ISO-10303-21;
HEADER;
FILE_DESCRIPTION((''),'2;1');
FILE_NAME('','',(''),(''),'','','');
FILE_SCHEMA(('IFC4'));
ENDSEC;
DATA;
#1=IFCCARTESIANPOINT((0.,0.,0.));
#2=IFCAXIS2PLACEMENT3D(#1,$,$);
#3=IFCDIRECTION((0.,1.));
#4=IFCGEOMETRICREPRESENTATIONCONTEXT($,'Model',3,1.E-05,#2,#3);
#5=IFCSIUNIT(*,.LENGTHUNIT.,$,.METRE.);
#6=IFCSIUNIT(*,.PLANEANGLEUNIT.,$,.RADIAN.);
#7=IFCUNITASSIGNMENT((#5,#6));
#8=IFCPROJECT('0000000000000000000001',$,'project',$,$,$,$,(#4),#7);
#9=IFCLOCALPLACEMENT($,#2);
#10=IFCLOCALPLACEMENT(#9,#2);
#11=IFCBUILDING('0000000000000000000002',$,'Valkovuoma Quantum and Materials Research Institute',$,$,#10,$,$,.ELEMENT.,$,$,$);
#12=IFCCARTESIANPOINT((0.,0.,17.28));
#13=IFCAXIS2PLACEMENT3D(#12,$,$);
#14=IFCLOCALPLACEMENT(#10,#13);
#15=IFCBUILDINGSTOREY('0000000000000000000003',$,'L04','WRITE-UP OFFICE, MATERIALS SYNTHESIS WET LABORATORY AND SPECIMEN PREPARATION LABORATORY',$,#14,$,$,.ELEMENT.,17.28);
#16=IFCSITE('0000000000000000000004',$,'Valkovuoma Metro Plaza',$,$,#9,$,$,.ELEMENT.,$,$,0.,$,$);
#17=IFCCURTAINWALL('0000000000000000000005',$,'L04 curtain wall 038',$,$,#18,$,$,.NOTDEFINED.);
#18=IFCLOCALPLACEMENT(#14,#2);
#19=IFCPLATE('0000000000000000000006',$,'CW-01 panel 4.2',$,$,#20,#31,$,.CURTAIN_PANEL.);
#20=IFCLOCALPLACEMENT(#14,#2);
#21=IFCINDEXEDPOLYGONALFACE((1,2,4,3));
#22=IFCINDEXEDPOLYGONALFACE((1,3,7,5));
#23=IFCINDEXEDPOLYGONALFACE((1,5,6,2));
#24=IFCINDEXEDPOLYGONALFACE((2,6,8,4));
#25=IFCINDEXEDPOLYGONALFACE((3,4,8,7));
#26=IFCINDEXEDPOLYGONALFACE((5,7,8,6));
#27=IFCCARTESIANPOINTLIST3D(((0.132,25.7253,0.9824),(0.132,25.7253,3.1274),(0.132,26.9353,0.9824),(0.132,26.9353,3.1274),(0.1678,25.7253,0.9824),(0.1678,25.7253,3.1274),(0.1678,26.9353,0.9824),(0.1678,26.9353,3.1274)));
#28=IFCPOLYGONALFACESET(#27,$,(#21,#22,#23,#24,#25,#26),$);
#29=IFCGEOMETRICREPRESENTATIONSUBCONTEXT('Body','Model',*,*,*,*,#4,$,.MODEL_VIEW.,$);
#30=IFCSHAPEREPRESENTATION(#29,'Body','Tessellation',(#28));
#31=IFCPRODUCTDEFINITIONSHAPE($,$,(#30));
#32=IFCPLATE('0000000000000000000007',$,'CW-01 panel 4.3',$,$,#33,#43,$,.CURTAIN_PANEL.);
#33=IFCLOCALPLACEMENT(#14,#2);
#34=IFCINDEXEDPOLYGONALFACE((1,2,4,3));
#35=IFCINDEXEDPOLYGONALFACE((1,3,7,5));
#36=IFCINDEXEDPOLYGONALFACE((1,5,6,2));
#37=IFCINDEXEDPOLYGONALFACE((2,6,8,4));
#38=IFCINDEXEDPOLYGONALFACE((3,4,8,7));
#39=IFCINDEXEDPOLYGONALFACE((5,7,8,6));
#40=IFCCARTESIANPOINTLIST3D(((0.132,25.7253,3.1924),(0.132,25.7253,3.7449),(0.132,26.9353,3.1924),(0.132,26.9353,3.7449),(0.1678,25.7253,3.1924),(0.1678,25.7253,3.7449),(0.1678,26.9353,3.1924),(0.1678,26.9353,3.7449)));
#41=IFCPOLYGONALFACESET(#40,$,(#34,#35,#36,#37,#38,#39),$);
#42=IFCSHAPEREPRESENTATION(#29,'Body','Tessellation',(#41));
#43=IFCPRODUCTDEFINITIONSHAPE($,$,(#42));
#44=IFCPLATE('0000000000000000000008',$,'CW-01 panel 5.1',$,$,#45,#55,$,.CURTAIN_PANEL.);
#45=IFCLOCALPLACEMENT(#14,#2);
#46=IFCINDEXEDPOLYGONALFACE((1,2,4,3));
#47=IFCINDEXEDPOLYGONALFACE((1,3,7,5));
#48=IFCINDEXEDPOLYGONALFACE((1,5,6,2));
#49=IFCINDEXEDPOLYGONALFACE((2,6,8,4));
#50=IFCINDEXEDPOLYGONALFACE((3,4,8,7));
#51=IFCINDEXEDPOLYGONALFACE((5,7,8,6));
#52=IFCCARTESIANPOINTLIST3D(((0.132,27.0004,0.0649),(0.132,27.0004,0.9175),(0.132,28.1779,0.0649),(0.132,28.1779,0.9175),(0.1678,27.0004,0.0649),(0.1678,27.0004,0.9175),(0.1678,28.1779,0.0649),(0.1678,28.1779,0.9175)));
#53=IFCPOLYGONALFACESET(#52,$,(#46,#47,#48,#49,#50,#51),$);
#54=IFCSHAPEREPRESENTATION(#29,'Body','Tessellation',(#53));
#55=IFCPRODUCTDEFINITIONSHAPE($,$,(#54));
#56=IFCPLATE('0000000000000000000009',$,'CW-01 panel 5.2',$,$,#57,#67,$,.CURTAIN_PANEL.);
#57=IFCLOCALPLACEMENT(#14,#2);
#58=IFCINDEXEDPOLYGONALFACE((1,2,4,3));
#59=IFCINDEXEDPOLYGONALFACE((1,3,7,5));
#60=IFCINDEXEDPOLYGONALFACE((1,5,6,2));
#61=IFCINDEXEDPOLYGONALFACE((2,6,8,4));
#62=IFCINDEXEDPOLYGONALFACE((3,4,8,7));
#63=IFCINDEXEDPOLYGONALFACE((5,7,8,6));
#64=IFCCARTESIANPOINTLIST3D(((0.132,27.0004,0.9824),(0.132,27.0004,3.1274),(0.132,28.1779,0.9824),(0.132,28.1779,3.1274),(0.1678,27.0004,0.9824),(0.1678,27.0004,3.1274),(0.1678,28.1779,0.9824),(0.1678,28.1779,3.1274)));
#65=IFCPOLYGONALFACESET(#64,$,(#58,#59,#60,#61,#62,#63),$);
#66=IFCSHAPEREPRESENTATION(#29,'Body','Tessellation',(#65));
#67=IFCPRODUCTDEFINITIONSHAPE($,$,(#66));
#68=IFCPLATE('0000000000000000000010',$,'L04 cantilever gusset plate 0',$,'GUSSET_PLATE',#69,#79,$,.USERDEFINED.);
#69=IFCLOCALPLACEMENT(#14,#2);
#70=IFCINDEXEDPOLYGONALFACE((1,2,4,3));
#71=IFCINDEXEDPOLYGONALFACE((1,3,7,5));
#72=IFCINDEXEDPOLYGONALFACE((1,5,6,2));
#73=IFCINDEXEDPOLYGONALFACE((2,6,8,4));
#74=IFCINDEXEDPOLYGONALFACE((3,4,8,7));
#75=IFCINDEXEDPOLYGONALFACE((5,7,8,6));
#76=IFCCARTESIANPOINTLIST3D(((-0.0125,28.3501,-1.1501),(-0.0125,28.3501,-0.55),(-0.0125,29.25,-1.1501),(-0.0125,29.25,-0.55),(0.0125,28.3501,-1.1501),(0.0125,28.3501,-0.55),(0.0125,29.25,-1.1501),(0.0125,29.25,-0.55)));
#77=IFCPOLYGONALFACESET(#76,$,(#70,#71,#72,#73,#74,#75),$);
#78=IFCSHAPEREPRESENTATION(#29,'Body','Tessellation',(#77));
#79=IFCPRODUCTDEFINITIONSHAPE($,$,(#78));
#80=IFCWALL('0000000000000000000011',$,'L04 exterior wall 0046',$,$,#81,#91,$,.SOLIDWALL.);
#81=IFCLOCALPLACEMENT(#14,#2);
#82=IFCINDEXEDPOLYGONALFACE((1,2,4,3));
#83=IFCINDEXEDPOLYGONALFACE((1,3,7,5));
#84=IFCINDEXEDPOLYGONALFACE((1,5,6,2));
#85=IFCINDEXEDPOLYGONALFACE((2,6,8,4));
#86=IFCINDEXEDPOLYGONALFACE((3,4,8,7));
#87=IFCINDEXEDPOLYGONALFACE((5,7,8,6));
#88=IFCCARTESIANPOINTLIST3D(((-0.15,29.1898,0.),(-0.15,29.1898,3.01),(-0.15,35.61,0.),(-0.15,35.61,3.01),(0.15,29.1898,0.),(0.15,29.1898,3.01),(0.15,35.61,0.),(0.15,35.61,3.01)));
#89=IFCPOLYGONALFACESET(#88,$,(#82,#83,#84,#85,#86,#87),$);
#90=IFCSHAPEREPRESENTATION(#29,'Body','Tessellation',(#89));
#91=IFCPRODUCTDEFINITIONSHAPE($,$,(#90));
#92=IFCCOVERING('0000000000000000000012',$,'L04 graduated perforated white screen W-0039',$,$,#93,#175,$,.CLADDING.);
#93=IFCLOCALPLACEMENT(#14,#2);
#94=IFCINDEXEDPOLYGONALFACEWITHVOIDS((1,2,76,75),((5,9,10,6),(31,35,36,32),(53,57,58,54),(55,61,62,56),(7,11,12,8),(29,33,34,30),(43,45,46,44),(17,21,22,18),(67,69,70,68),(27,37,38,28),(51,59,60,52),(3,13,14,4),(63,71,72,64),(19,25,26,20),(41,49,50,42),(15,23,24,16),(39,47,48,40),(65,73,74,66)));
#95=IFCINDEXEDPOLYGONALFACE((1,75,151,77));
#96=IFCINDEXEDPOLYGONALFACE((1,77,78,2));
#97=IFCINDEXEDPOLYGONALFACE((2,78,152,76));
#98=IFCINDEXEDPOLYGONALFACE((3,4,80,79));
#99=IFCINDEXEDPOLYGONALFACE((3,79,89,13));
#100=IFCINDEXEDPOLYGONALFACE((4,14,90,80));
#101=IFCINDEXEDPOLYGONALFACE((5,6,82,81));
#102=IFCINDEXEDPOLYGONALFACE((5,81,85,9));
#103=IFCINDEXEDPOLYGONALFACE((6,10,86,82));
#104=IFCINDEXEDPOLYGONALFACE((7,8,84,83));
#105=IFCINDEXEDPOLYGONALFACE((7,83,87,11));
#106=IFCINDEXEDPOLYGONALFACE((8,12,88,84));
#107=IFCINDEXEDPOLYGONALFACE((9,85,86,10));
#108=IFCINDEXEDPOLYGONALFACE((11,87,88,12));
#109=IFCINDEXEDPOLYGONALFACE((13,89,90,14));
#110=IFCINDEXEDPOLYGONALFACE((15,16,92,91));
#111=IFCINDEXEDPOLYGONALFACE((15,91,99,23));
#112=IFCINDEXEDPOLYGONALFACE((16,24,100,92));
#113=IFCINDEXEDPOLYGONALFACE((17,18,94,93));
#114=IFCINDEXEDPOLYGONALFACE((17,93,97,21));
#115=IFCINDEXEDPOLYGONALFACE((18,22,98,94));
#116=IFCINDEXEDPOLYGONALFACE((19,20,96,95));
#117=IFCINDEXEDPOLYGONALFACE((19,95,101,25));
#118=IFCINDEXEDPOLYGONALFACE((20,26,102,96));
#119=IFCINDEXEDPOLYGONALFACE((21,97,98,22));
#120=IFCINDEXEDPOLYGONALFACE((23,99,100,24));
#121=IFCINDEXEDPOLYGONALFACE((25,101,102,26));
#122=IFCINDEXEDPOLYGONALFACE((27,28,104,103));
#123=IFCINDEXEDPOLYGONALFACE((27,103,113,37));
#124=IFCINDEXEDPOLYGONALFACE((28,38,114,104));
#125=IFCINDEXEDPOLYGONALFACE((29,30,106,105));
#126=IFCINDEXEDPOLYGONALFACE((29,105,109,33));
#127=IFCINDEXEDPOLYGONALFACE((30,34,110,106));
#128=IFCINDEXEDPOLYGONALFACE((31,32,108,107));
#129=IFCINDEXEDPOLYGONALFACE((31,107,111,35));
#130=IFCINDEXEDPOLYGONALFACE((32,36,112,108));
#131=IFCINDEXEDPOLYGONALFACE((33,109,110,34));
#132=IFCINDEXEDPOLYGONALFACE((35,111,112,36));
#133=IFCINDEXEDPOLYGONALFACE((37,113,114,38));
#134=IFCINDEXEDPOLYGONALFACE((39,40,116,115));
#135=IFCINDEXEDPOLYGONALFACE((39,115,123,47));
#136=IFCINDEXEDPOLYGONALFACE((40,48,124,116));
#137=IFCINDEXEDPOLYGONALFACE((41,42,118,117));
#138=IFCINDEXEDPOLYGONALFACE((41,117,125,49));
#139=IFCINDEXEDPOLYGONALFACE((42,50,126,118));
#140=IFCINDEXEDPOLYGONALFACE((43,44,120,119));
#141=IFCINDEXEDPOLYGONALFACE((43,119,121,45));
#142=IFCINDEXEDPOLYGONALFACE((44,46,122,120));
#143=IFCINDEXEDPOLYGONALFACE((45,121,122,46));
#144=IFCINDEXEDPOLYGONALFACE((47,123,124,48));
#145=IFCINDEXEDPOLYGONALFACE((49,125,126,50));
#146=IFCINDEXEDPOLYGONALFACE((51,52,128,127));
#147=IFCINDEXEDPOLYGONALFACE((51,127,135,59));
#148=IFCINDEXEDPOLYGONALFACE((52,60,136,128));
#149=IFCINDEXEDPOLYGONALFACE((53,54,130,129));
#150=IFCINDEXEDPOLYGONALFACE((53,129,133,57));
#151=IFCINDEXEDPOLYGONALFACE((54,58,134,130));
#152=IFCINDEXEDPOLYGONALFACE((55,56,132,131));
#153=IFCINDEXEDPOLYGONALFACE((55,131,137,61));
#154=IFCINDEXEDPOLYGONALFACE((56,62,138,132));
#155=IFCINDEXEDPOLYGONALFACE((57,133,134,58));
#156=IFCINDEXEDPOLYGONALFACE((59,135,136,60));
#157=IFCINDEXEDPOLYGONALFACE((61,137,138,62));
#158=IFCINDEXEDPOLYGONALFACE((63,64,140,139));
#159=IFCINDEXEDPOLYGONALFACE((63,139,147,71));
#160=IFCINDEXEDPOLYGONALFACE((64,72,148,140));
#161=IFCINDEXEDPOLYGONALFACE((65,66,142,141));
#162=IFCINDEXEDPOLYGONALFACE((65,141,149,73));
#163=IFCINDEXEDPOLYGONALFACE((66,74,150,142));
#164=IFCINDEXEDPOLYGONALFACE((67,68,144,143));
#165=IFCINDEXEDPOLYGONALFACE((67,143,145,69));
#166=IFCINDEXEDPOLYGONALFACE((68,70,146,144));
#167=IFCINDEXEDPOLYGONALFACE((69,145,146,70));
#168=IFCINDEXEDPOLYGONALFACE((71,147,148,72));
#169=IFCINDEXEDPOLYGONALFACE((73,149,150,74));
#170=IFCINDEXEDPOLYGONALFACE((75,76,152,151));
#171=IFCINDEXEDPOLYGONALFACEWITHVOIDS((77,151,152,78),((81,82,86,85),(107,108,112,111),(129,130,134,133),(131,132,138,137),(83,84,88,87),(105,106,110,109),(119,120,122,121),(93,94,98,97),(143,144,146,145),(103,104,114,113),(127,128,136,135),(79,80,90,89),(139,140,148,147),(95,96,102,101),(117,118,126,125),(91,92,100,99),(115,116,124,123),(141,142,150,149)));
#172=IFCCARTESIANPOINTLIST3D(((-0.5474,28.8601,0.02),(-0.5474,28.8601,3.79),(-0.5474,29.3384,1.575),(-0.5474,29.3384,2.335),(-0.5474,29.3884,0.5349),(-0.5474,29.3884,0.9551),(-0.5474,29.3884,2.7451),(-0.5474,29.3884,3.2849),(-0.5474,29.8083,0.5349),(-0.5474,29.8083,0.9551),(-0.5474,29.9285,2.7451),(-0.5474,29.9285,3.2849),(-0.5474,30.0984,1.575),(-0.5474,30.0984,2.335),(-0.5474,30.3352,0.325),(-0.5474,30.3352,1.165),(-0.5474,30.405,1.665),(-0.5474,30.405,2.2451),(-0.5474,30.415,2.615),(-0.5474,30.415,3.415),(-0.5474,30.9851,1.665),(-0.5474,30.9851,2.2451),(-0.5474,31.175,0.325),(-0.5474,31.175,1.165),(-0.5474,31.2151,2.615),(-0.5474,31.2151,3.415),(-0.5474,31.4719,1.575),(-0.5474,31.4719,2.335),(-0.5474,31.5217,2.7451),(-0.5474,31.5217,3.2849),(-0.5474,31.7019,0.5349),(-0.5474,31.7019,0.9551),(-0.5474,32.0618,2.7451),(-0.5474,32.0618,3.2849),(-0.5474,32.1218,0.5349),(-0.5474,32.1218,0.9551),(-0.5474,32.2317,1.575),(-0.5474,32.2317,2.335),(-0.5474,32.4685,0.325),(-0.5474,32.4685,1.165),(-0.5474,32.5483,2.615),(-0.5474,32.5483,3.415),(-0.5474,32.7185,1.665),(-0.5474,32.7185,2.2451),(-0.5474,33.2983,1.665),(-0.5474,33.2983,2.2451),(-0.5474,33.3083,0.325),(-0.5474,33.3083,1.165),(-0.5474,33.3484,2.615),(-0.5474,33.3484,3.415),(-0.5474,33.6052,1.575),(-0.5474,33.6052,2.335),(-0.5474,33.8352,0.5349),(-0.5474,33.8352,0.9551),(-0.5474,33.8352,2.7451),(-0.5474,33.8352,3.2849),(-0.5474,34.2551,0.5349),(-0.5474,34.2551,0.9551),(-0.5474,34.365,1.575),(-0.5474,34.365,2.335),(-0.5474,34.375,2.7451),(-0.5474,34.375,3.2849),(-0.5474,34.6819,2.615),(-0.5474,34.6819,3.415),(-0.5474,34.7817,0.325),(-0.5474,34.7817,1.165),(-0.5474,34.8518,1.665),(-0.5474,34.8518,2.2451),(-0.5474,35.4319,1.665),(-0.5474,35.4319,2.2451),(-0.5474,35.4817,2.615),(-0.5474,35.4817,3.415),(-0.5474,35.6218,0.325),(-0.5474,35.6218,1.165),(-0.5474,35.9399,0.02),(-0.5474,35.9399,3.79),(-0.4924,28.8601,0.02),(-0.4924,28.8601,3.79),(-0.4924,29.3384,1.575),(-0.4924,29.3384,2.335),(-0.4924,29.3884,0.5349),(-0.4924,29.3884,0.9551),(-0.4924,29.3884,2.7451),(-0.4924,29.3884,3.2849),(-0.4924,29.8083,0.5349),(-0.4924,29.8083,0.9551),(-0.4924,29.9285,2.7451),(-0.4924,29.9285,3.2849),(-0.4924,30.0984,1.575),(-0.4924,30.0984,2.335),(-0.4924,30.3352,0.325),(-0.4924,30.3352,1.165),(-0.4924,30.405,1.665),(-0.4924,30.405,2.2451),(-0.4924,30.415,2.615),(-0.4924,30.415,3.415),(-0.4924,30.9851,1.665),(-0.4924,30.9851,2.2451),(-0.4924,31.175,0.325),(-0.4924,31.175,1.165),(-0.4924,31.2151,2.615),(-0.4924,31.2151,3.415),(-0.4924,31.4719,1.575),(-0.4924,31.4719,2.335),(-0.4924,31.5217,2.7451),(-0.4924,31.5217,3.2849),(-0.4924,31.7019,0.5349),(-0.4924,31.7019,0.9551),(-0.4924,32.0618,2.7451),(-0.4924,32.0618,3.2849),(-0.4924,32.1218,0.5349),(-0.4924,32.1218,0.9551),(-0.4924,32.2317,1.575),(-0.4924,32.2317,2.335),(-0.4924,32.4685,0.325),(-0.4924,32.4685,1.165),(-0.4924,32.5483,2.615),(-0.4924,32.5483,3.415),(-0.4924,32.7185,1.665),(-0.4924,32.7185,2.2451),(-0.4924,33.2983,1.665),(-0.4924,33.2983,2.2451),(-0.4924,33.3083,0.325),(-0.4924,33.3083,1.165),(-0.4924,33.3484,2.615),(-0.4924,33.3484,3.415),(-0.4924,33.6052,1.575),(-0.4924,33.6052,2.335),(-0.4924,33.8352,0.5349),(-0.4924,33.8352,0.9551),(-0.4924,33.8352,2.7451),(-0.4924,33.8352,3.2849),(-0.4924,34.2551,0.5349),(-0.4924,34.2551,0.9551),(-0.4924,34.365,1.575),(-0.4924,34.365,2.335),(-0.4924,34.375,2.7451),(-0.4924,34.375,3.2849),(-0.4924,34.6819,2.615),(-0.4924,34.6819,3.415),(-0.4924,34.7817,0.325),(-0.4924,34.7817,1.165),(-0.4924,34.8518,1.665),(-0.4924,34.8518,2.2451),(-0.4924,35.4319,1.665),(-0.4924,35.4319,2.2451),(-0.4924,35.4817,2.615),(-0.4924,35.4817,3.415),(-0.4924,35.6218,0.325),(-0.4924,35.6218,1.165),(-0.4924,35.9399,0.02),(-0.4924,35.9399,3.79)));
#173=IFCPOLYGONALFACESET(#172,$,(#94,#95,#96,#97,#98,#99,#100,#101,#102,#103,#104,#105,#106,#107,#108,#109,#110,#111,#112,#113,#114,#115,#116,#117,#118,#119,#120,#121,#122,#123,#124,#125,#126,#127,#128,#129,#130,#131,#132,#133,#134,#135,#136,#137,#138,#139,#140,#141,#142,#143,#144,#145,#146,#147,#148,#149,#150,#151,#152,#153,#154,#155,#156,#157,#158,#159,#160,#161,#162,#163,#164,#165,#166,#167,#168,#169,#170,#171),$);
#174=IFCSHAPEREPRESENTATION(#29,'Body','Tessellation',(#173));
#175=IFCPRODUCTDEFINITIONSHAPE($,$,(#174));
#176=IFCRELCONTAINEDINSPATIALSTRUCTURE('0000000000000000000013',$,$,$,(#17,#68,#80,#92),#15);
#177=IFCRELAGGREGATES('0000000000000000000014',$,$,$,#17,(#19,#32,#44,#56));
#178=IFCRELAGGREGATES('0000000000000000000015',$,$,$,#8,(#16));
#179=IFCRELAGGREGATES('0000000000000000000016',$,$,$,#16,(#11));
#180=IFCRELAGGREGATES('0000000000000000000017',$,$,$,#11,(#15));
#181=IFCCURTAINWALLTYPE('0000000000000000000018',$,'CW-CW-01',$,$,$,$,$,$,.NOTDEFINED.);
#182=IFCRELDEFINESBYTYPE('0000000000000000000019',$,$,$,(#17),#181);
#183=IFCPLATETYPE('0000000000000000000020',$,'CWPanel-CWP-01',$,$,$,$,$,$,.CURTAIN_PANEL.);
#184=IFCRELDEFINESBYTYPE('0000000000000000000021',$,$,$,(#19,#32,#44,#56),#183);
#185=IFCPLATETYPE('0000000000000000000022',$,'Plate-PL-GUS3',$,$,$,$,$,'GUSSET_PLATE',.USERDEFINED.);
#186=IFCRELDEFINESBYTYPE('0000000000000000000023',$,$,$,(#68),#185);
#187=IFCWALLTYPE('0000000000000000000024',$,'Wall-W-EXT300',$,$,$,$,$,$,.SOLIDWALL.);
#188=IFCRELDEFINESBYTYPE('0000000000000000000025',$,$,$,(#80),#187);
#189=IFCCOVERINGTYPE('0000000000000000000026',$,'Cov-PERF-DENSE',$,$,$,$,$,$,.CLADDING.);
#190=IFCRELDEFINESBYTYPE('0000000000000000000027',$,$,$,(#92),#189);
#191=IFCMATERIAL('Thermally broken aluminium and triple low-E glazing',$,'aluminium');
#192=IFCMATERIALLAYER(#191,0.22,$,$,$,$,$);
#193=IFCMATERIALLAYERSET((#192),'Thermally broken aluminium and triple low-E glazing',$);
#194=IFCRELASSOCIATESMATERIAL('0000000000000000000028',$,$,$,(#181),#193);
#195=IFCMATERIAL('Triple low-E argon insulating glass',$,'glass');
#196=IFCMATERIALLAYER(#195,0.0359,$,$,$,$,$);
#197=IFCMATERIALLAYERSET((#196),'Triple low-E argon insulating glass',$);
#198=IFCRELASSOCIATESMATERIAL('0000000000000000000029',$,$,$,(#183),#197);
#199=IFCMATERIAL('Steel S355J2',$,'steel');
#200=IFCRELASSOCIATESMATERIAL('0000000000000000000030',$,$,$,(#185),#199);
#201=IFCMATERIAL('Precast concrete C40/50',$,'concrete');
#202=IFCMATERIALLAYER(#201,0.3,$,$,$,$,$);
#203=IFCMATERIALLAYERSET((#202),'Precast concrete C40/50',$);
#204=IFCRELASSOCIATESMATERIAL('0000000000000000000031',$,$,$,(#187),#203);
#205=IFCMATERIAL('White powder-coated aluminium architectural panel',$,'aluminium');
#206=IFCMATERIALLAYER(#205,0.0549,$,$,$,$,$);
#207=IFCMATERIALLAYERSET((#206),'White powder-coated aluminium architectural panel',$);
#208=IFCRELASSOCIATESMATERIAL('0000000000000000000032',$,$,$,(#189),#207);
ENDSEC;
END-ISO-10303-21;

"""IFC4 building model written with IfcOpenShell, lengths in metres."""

from ifc_helpers import new_model, si_unit, direction, frame, frame_2d, origin, origin_2d, place, context, subcontext, project, spatial, polyline, rectangle, outline, extrude, material, layer, layer_set, type_object, element, aggregate, save


model = new_model("IFC4")

# Units and contexts
model_context = context("Model", 3, precision=1e-05, world=origin(), true_north=direction((0.0, 1.0)))
body_context = subcontext(model_context, "Body", "Model", "MODEL_VIEW")
ifc_project = project(units=[si_unit("LENGTHUNIT", "METRE"), si_unit("PLANEANGLEUNIT", "RADIAN")], contexts=[model_context])

# Site, building, storey
site_placement = place(None, origin())
site = spatial("IfcSite", under=ifc_project, at=site_placement, Name="Valkovuoma Metro Plaza", CompositionType="ELEMENT", RefElevation=0.0)
building_placement = place(site_placement, origin())
building = spatial("IfcBuilding", under=site, at=building_placement, Name="Valkovuoma Quantum and Materials Research Institute", CompositionType="ELEMENT")
storey_placement = place(building_placement, frame((0.0, 0.0, 17.28)))
storey = spatial("IfcBuildingStorey", under=building, at=storey_placement, Name="L04", Description="WRITE-UP OFFICE, MATERIALS SYNTHESIS WET LABORATORY AND SPECIMEN PREPARATION LABORATORY", CompositionType="ELEMENT", Elevation=17.28)

# Curtain wall
ifc_material_1 = material(Name="Thermally broken aluminium and triple low-E glazing", Category="aluminium")
ifc_layer_1 = layer(ifc_material_1, 0.22)
ifc_layer_set_1 = layer_set([ifc_layer_1], Name="Thermally broken aluminium and triple low-E glazing")
curtain_wall_type = type_object("IfcCurtainWallType", Name="CW-CW-01", PredefinedType="NOTDEFINED", material=ifc_layer_set_1)
curtain_wall_placement = place(storey_placement, origin())
curtain_wall = element("IfcCurtainWall", 1, at=curtain_wall_placement, inside=storey, type_object=curtain_wall_type, Name="L04 curtain wall 038", PredefinedType="NOTDEFINED")

# Plates
ifc_material_2 = material(Name="Triple low-E argon insulating glass", Category="glass")
ifc_layer_2 = layer(ifc_material_2, 0.0359)
ifc_layer_set_2 = layer_set([ifc_layer_2], Name="Triple low-E argon insulating glass")
plate_type_1 = type_object("IfcPlateType", Name="CWPanel-CWP-01", PredefinedType="CURTAIN_PANEL", material=ifc_layer_set_2)
plate_1_placement = place(storey_placement, frame((0.1499, 26.3303, 0.9824), z_axis=(0.0, 0.0, 1.0), x_axis=(0.0, 1.0, 0.0)))
plate_1 = element("IfcPlate", 2, at=plate_1_placement, type_object=plate_type_1, Name="CW-01 panel 4.2", PredefinedType="CURTAIN_PANEL", context=body_context, shape_type="SweptSolid", body=[
    extrude(rectangle(XDim=1.21, YDim=0.0359, at=origin_2d()), origin(), (0.0, 0.0, 1.0), 2.145),
])
plate_2_placement = place(storey_placement, frame((0.1499, 26.3303, 3.1924), z_axis=(0.0, 0.0, 1.0), x_axis=(0.0, 1.0, 0.0)))
plate_2 = element("IfcPlate", 3, at=plate_2_placement, type_object=plate_type_1, Name="CW-01 panel 4.3", PredefinedType="CURTAIN_PANEL", context=body_context, shape_type="SweptSolid", body=[
    extrude(rectangle(XDim=1.21, YDim=0.0359, at=origin_2d()), origin(), (0.0, 0.0, 1.0), 0.5525),
])
plate_3_placement = place(storey_placement, frame((0.1499, 27.5891, 0.0649), z_axis=(0.0, 0.0, 1.0), x_axis=(0.0, 1.0, 0.0)))
plate_3 = element("IfcPlate", 4, at=plate_3_placement, type_object=plate_type_1, Name="CW-01 panel 5.1", PredefinedType="CURTAIN_PANEL", context=body_context, shape_type="SweptSolid", body=[
    extrude(rectangle(XDim=1.1775, YDim=0.0359, at=origin_2d()), origin(), (0.0, 0.0, 1.0), 0.8525),
])
plate_4_placement = place(storey_placement, frame((0.1499, 27.5891, 0.9824), z_axis=(0.0, 0.0, 1.0), x_axis=(0.0, 1.0, 0.0)))
plate_4 = element("IfcPlate", 5, at=plate_4_placement, type_object=plate_type_1, Name="CW-01 panel 5.2", PredefinedType="CURTAIN_PANEL", context=body_context, shape_type="SweptSolid", body=[
    extrude(rectangle(XDim=1.1775, YDim=0.0359, at=origin_2d()), origin(), (0.0, 0.0, 1.0), 2.145),
])
aggregate(curtain_wall, [plate_1, plate_2, plate_3, plate_4])
ifc_material_3 = material(Name="Steel S355J2", Category="steel")
plate_type_2 = type_object("IfcPlateType", Name="Plate-PL-GUS3", ElementType="GUSSET_PLATE", PredefinedType="USERDEFINED", material=ifc_material_3)
plate_5_placement = place(storey_placement, frame((0.0, 28.8, -1.1501), z_axis=(0.0, 0.0, 1.0), x_axis=(0.0, 1.0, 0.0)))
element("IfcPlate", 6, at=plate_5_placement, inside=storey, type_object=plate_type_2, Name="L04 cantilever gusset plate 0", ObjectType="GUSSET_PLATE", PredefinedType="USERDEFINED", context=body_context, shape_type="SweptSolid", body=[
    extrude(rectangle(XDim=0.8999, YDim=0.0249, at=origin_2d()), origin(), (0.0, 0.0, 1.0), 0.6001),
])

# Wall
ifc_material_4 = material(Name="Precast concrete C40/50", Category="concrete")
ifc_layer_3 = layer(ifc_material_4, 0.3)
ifc_layer_set_3 = layer_set([ifc_layer_3], Name="Precast concrete C40/50")
wall_type = type_object("IfcWallType", Name="Wall-W-EXT300", PredefinedType="SOLIDWALL", material=ifc_layer_set_3)
wall_placement = place(storey_placement, frame((0.0, 29.1899, 0.0), z_axis=(0.0, 0.0, 1.0), x_axis=(0.0, 1.0, 0.0)))
element("IfcWall", 7, at=wall_placement, inside=storey, type_object=wall_type, Name="L04 exterior wall 0046", PredefinedType="SOLIDWALL", context=body_context, shape_type="SweptSolid", body=[
    extrude(rectangle(XDim=6.4202, YDim=0.3, at=frame_2d((3.21, 0.0))), origin(), (0.0, 0.0, 1.0), 3.01),
])

# Covering
ifc_material_5 = material(Name="White powder-coated aluminium architectural panel", Category="aluminium")
ifc_layer_4 = layer(ifc_material_5, 0.0549)
ifc_layer_set_4 = layer_set([ifc_layer_4], Name="White powder-coated aluminium architectural panel")
covering_type = type_object("IfcCoveringType", Name="Cov-PERF-DENSE", PredefinedType="CLADDING", material=ifc_layer_set_4)
covering_1_placement = place(storey_placement, frame((-0.52, 28.8601, 0.02), z_axis=(0.0, 0.0, 1.0), x_axis=(0.0, 1.0, 0.0)))
element("IfcCovering", 8, at=covering_1_placement, inside=storey, type_object=covering_type, Name="L04 graduated perforated white screen W-0039", PredefinedType="CLADDING", context=body_context, shape_type="SweptSolid", body=[
    extrude(outline(polyline([(0.0, 0.0), (7.0798, 0.0), (7.0798, 3.77), (0.0, 3.77), (0.0, 0.0)]), holes=[polyline([(0.5283, 0.5149), (0.5283, 0.9351), (0.9482, 0.9351), (0.9482, 0.5149), (0.5283, 0.5149)]), polyline([(0.4783, 1.5549), (0.4783, 2.3149), (1.2383, 2.3149), (1.2383, 1.5549), (0.4783, 1.5549)]), polyline([(0.5283, 2.7251), (0.5283, 3.2649), (1.0684, 3.2649), (1.0684, 2.7251), (0.5283, 2.7251)]), polyline([(1.4751, 0.3049), (1.4751, 1.145), (2.3149, 1.145), (2.3149, 0.3049), (1.4751, 0.3049)]), polyline([(1.5449, 1.645), (1.5449, 2.2251), (2.125, 2.2251), (2.125, 1.645), (1.5449, 1.645)]), polyline([(1.5549, 2.595), (1.5549, 3.395), (2.355, 3.395), (2.355, 2.595), (1.5549, 2.595)]), polyline([(2.8418, 0.5149), (2.8418, 0.9351), (3.2617, 0.9351), (3.2617, 0.5149), (2.8418, 0.5149)]), polyline([(2.6118, 1.5549), (2.6118, 2.3149), (3.3716, 2.3149), (3.3716, 1.5549), (2.6118, 1.5549)]), polyline([(2.6616, 2.7251), (2.6616, 3.2649), (3.2017, 3.2649), (3.2017, 2.7251), (2.6616, 2.7251)]), polyline([(3.6084, 0.3049), (3.6084, 1.145), (4.4482, 1.145), (4.4482, 0.3049), (3.6084, 0.3049)]), polyline([(3.8584, 1.645), (3.8584, 2.2251), (4.4382, 2.2251), (4.4382, 1.645), (3.8584, 1.645)]), polyline([(3.6882, 2.595), (3.6882, 3.395), (4.4883, 3.395), (4.4883, 2.595), (3.6882, 2.595)]), polyline([(4.9751, 0.5149), (4.9751, 0.9351), (5.395, 0.9351), (5.395, 0.5149), (4.9751, 0.5149)]), polyline([(4.7451, 1.5549), (4.7451, 2.3149), (5.5049, 2.3149), (5.5049, 1.5549), (4.7451, 1.5549)]), polyline([(4.9751, 2.7251), (4.9751, 3.2649), (5.5149, 3.2649), (5.5149, 2.7251), (4.9751, 2.7251)]), polyline([(5.9216, 0.3049), (5.9216, 1.145), (6.7617, 1.145), (6.7617, 0.3049), (5.9216, 0.3049)]), polyline([(5.9917, 1.645), (5.9917, 2.2251), (6.5718, 2.2251), (6.5718, 1.645), (5.9917, 1.645)]), polyline([(5.8218, 2.595), (5.8218, 3.395), (6.6216, 3.395), (6.6216, 2.595), (5.8218, 2.595)])]), frame((0.0, 0.0273, 0.0), z_axis=(0.0, -1.0, 0.0), x_axis=(1.0, 0.0, 0.0)), (0.0, 0.0, 1.0), 0.0549),
])

save(model, "model.ifc")
